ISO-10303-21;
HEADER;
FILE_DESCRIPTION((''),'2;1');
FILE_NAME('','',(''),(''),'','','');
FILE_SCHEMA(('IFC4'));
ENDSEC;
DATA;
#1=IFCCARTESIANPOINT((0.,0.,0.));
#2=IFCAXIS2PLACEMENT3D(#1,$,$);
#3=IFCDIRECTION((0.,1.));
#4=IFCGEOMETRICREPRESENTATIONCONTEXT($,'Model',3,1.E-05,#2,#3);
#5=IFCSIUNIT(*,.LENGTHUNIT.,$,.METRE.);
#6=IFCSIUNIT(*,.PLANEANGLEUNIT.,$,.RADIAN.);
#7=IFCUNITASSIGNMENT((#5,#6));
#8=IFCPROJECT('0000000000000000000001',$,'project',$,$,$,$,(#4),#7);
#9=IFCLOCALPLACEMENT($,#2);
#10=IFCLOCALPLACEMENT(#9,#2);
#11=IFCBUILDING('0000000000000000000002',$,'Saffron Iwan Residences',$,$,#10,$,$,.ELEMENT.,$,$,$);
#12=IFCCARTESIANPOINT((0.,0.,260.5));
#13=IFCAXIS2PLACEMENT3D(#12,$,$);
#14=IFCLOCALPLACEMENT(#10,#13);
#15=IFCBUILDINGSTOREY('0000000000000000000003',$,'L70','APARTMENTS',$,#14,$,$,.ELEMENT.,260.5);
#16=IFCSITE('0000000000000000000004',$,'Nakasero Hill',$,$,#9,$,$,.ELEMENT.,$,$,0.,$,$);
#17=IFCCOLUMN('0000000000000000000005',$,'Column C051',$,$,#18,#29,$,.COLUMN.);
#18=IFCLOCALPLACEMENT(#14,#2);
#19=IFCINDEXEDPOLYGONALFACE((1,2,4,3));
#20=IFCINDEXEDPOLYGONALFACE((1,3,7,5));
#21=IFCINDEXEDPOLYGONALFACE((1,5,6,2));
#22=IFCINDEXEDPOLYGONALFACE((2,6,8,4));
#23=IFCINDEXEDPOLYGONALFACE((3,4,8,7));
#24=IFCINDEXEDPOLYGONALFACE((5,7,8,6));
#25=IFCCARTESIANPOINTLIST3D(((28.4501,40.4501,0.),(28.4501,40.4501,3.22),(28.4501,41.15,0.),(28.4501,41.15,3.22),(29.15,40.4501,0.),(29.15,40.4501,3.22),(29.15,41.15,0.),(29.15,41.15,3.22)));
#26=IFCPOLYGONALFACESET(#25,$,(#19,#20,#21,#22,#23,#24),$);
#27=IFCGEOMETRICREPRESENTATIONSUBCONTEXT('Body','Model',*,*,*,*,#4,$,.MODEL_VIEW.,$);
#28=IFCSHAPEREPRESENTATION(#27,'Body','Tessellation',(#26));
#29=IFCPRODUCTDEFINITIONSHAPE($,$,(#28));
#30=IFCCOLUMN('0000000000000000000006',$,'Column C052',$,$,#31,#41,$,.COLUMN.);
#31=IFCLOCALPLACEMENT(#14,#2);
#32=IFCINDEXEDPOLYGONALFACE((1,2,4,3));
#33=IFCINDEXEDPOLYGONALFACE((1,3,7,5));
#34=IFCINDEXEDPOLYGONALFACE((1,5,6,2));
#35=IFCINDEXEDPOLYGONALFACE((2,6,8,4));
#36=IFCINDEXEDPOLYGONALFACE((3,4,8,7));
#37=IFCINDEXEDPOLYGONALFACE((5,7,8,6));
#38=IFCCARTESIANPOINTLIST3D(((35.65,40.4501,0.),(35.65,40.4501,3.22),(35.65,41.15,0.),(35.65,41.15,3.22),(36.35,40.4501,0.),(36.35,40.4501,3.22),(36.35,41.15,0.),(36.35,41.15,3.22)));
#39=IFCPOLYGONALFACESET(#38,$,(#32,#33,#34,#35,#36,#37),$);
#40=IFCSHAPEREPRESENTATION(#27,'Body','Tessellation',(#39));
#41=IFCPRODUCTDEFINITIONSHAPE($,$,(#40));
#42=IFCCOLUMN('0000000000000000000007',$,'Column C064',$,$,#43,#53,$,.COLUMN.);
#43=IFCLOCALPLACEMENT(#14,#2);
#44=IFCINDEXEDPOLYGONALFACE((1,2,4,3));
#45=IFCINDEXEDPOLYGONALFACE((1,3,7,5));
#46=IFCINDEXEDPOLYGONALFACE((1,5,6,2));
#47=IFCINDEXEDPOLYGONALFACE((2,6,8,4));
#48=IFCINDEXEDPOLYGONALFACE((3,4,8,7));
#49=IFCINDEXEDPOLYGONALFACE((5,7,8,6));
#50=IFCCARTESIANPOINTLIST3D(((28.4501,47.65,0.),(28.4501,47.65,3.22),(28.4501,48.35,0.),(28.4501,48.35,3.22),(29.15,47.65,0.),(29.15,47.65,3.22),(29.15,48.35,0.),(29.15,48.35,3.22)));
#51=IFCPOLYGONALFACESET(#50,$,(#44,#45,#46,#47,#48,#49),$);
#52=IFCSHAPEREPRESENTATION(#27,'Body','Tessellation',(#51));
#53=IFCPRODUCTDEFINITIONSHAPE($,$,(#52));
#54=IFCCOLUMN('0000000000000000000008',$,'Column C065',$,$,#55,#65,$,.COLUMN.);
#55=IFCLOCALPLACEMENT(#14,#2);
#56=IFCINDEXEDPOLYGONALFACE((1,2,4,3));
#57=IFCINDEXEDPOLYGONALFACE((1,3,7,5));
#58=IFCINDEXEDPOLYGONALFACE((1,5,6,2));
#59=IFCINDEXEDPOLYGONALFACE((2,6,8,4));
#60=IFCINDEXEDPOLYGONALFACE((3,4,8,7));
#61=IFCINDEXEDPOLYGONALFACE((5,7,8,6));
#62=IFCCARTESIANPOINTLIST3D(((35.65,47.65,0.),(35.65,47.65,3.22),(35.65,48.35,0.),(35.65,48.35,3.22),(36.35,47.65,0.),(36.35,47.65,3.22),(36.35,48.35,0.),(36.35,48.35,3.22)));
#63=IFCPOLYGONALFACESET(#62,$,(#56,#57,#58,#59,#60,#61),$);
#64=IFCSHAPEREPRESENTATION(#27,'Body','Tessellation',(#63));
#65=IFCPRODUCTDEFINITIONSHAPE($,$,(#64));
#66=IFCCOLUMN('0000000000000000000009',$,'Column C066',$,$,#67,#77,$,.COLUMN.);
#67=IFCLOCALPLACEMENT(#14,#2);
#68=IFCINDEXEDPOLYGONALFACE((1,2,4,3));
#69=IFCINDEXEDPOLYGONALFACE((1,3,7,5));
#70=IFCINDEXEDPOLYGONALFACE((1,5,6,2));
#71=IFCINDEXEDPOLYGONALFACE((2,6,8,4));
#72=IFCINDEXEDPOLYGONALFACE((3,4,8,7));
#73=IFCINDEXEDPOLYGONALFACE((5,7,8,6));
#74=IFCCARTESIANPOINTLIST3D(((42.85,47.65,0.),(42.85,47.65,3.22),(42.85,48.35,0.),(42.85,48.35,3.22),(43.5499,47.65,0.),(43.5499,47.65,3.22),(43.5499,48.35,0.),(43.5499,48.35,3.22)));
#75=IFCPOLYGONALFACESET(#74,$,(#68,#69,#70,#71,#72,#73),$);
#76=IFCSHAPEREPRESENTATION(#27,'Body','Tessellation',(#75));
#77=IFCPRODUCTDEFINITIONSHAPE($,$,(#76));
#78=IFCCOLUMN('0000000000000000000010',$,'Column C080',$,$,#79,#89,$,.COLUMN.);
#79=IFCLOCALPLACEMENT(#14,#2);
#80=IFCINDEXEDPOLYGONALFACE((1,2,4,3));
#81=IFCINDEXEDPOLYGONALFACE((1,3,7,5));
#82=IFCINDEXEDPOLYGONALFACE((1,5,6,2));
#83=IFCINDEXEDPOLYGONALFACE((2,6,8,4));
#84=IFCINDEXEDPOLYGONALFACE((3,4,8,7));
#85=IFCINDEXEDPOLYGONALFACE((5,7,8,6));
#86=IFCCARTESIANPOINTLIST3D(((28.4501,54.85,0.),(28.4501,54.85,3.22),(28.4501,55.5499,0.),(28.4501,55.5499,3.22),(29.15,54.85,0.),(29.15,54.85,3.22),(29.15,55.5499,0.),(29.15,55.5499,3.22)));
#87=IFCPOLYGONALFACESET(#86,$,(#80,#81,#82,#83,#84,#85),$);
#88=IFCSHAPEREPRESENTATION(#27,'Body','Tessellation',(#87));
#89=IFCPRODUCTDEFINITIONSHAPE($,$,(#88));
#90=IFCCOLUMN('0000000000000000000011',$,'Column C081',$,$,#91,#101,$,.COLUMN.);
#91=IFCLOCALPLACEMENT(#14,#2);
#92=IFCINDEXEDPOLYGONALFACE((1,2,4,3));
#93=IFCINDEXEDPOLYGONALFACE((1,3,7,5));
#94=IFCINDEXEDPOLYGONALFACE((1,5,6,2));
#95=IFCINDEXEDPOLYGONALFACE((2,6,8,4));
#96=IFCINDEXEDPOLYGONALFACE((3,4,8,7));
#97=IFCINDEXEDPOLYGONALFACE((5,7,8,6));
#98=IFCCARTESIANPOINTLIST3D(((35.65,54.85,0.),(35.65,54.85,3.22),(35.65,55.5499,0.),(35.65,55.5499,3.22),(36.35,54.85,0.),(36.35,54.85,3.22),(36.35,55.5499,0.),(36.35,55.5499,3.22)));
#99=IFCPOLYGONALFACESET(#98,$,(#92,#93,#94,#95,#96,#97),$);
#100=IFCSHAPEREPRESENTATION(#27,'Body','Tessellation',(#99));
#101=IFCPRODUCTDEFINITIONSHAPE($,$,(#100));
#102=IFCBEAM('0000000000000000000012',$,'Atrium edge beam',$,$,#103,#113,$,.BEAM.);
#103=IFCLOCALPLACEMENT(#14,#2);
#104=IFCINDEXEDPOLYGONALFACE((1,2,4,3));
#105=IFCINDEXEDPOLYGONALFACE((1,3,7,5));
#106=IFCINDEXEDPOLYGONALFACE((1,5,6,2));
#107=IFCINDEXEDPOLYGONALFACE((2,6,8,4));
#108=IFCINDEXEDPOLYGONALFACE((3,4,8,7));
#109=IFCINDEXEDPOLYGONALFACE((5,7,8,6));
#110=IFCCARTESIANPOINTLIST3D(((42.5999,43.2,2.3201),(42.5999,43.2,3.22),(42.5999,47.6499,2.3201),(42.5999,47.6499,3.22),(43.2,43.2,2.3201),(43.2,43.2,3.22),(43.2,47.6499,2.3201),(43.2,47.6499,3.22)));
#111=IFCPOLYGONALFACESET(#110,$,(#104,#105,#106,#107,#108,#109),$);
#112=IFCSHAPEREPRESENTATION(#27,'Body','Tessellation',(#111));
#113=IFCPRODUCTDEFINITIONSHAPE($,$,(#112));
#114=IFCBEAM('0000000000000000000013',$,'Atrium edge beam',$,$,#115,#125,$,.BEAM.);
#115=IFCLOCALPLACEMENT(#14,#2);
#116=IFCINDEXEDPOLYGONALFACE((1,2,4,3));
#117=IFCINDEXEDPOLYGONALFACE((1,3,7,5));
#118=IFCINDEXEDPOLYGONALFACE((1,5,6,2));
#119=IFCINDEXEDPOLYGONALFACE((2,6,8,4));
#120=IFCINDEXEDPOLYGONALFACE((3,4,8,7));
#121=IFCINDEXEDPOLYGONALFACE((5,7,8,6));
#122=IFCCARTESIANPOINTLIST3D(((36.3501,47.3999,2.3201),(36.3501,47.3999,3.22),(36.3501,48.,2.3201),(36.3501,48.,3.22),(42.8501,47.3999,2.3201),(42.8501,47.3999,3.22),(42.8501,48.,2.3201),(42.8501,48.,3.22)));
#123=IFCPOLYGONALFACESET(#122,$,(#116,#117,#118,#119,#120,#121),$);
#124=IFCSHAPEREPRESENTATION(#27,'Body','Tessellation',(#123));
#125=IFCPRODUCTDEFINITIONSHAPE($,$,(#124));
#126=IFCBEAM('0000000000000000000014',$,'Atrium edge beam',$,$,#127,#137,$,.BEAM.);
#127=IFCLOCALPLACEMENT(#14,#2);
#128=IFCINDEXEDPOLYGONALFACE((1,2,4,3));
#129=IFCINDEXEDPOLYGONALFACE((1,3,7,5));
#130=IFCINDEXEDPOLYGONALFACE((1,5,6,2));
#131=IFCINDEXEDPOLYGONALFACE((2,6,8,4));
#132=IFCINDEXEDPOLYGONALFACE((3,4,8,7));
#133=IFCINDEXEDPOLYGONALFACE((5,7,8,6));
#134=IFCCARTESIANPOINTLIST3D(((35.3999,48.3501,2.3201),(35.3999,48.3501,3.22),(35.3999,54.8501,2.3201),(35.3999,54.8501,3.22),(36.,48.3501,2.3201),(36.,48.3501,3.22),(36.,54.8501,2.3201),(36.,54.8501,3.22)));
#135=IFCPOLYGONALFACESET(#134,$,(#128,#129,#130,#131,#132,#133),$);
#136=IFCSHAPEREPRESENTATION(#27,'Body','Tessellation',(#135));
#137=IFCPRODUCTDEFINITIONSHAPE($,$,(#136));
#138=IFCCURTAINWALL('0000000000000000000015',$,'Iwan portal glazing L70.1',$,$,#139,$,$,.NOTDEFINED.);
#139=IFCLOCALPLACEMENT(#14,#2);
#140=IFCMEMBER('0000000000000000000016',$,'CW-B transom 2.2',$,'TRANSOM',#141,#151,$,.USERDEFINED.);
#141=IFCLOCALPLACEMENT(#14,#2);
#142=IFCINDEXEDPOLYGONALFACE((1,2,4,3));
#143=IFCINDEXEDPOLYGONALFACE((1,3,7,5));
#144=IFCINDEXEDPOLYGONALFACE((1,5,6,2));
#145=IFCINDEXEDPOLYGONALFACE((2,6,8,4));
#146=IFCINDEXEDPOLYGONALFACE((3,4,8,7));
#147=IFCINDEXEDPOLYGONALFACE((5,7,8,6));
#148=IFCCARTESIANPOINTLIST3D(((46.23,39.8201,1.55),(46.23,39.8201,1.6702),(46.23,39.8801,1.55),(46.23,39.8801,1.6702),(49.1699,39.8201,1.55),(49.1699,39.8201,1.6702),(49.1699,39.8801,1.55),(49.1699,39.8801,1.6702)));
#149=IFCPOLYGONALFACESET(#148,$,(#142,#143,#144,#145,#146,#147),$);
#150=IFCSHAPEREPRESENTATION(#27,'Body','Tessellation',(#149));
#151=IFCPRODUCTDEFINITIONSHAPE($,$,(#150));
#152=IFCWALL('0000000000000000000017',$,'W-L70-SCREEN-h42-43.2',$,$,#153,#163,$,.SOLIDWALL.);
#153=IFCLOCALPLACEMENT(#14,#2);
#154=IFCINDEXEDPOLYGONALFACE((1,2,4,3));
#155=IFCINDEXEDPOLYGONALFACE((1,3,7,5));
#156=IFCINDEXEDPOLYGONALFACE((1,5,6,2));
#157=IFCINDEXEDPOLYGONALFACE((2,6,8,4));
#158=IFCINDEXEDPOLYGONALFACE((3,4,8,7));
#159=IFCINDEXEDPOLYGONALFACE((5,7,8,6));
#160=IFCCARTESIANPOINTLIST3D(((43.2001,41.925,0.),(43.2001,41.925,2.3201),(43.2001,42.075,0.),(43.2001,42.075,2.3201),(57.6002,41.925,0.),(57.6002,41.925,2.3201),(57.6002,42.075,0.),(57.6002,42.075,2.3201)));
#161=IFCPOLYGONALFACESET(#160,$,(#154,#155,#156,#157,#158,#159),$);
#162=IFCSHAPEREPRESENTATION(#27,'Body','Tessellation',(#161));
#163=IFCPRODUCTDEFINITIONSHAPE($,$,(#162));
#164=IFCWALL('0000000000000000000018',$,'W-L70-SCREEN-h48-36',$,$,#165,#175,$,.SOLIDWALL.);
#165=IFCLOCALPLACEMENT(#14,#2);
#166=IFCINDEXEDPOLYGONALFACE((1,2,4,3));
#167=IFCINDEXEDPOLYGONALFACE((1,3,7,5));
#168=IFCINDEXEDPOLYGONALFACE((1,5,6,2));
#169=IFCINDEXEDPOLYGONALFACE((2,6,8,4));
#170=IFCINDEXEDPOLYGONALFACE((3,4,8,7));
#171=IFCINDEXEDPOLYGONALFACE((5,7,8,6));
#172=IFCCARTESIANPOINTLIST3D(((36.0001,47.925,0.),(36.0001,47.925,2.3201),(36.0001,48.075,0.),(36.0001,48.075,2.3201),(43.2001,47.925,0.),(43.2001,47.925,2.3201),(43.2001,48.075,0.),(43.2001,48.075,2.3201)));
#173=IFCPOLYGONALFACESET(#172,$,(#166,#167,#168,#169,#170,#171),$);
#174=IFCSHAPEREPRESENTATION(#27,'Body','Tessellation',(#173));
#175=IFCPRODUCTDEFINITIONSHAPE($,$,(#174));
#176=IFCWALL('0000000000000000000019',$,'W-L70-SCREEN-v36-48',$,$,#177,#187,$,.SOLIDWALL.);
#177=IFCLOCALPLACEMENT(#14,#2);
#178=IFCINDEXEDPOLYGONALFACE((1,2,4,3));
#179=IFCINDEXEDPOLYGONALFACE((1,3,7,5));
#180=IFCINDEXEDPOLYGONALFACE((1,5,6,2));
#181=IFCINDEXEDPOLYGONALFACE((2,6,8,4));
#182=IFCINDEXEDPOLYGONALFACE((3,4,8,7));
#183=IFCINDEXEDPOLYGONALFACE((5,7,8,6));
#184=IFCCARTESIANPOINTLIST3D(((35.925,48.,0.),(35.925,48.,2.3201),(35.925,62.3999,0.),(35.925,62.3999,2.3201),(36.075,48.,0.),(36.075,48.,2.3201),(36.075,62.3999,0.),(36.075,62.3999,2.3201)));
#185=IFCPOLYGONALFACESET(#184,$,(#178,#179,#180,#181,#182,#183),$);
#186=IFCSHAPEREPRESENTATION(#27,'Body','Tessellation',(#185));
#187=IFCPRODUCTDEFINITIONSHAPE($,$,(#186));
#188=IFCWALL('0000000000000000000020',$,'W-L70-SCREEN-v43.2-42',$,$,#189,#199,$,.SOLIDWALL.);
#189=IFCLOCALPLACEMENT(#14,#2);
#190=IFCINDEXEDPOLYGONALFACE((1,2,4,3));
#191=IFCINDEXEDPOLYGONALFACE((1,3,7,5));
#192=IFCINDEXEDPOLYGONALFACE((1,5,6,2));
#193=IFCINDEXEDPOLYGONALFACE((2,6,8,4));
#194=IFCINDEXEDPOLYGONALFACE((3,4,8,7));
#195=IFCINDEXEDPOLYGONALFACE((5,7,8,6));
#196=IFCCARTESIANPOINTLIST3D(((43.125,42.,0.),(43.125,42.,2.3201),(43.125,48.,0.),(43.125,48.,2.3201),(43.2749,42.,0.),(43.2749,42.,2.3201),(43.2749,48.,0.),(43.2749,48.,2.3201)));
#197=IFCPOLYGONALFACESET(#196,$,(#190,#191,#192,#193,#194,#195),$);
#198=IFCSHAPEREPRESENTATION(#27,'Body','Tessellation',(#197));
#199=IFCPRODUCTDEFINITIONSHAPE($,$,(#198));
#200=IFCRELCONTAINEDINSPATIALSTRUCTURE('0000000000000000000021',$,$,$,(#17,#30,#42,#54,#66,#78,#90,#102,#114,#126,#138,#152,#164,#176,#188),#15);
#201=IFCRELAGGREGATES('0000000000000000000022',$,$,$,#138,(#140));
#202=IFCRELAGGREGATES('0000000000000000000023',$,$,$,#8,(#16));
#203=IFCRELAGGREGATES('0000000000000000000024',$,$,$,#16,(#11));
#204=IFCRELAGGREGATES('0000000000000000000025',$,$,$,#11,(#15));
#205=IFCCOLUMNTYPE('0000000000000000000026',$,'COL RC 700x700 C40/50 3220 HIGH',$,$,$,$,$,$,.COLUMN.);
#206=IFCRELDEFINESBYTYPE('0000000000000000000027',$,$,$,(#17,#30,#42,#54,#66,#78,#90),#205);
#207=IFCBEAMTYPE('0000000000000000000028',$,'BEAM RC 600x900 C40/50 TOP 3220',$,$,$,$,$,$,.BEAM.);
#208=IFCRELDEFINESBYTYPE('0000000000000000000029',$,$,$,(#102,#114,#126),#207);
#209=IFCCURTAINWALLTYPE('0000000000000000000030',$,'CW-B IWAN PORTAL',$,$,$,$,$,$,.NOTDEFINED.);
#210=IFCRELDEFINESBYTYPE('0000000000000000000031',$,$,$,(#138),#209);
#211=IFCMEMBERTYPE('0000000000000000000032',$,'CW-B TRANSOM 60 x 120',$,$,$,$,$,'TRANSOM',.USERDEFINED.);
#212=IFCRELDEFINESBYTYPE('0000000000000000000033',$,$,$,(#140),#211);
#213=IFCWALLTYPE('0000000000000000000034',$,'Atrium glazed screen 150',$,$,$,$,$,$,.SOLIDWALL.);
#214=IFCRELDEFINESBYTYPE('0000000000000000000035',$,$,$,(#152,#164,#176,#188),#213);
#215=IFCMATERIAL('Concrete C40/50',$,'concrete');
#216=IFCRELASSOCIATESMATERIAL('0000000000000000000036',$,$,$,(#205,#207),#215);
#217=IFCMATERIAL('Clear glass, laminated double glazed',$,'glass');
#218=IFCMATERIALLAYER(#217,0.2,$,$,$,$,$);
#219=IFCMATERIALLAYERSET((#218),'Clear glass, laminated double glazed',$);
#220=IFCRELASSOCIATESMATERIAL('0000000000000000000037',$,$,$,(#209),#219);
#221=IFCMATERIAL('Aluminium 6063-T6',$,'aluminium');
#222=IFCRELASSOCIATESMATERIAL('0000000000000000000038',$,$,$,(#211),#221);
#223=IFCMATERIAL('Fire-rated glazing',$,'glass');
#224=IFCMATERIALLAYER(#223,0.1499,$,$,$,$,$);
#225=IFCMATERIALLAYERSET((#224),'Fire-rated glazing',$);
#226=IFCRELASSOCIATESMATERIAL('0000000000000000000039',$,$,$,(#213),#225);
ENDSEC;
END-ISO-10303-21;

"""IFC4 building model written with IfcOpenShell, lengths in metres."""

from ifc_helpers import new_model, si_unit, direction, frame, frame_2d, origin, origin_2d, place, context, subcontext, project, spatial, rectangle, extrude, source, transform, mapped, material, layer, layer_set, material_profile, profile_set, type_object, element, aggregate, save


model = new_model("IFC4")

# Units and contexts
model_context = context("Model", 3, precision=1e-05, world=origin(), true_north=direction((0.0, 1.0)))
body_context = subcontext(model_context, "Body", "Model", "MODEL_VIEW")
ifc_project = project(units=[si_unit("LENGTHUNIT", "METRE"), si_unit("PLANEANGLEUNIT", "RADIAN")], contexts=[model_context])

# Site, building, storey
site_placement = place(None, origin())
site = spatial("IfcSite", under=ifc_project, at=site_placement, Name="Nakasero Hill", CompositionType="ELEMENT", RefElevation=0.0)
building_placement = place(site_placement, origin())
building = spatial("IfcBuilding", under=site, at=building_placement, Name="Saffron Iwan Residences", CompositionType="ELEMENT")
storey_placement = place(building_placement, frame((0.0, 0.0, 260.5)))
storey = spatial("IfcBuildingStorey", under=building, at=storey_placement, Name="L70", Description="APARTMENTS", CompositionType="ELEMENT", Elevation=260.5)

# Columns
ifc_material_1 = material(Name="Concrete C40/50", Category="concrete")
ifc_material_profile_1 = material_profile(ifc_material_1, rectangle(XDim=0.7, YDim=0.7, at=origin_2d()), Name="RC 700x700")
ifc_profile_set_1 = profile_set([ifc_material_profile_1], Name="Concrete C40/50")
column_type = type_object("IfcColumnType", Name="COL RC 700x700 C40/50 3220 HIGH", PredefinedType="COLUMN", material=ifc_profile_set_1)
shared_shape_1 = source(origin(), body_context, "Body", "SweptSolid", [
    extrude(rectangle(XDim=0.7, YDim=0.7, at=origin_2d()), origin(), (0.0, 0.0, 1.0), 3.22),
])
for number, where, z_axis, x_axis, name in (
    (1, (28.8, 40.8, 0.0), (0.0, 0.0, 1.0), (1.0, 0.0, 0.0), "Column C051"),
    (2, (36.0, 40.8, 0.0), (0.0, 0.0, 1.0), (1.0, 0.0, 0.0), "Column C052"),
    (3, (28.8, 48.0, 0.0), (0.0, 0.0, 1.0), (1.0, 0.0, 0.0), "Column C064"),
    (4, (36.0, 48.0, 0.0), (0.0, 0.0, 1.0), (1.0, 0.0, 0.0), "Column C065"),
    (5, (43.2, 48.0, 0.0), (0.0, 0.0, 1.0), (1.0, 0.0, 0.0), "Column C066"),
    (6, (28.8, 55.2, 0.0), (0.0, 0.0, 1.0), (1.0, 0.0, 0.0), "Column C080"),
    (7, (36.0, 55.2, 0.0), (0.0, 0.0, 1.0), (1.0, 0.0, 0.0), "Column C081"),
):
    element("IfcColumn", number, at=place(storey_placement, frame(where, z_axis=z_axis, x_axis=x_axis)), inside=storey, type_object=column_type, Name=name, PredefinedType="COLUMN", context=body_context, shape_type="MappedRepresentation", body=[
        mapped(shared_shape_1, transform((0.0, 0.0, 0.0))),
    ])

# Beams
ifc_material_profile_2 = material_profile(ifc_material_1, rectangle(XDim=0.6001, YDim=0.8999, at=origin_2d()), Name="RC 600x900")
ifc_profile_set_2 = profile_set([ifc_material_profile_2], Name="Concrete C40/50")
beam_type = type_object("IfcBeamType", Name="BEAM RC 600x900 C40/50 TOP 3220", PredefinedType="BEAM", material=ifc_profile_set_2)
shared_shape_2 = source(origin(), body_context, "Body", "SweptSolid", [
    extrude(rectangle(XDim=0.6001, YDim=0.8999, at=origin_2d()), origin(), (0.0, 0.0, 1.0), 4.45),
])
beam_placement = place(storey_placement, frame((42.8999, 43.2, 2.77), z_axis=(0.0, 1.0, 0.0), x_axis=(-1.0, 0.0, 0.0)))
element("IfcBeam", 8, at=beam_placement, inside=storey, type_object=beam_type, Name="Atrium edge beam", PredefinedType="BEAM", context=body_context, shape_type="MappedRepresentation", body=[
    mapped(shared_shape_2, transform((0.0, 0.0, 0.0))),
])
shared_shape_3 = source(origin(), body_context, "Body", "SweptSolid", [
    extrude(rectangle(XDim=0.6001, YDim=0.8999, at=origin_2d()), origin(), (0.0, 0.0, 1.0), 6.5),
])
for number, where, z_axis, x_axis, name in (
    (9, (42.8501, 47.7, 2.77), (-1.0, 0.0, 0.0), (0.0, -1.0, 0.0), "Atrium edge beam"),
    (10, (35.7, 48.3501, 2.77), (0.0, 1.0, 0.0), (-1.0, 0.0, 0.0), "Atrium edge beam"),
):
    element("IfcBeam", number, at=place(storey_placement, frame(where, z_axis=z_axis, x_axis=x_axis)), inside=storey, type_object=beam_type, Name=name, PredefinedType="BEAM", context=body_context, shape_type="MappedRepresentation", body=[
        mapped(shared_shape_3, transform((0.0, 0.0, 0.0))),
    ])

# Curtain wall, member
ifc_material_2 = material(Name="Clear glass, laminated double glazed", Category="glass")
ifc_layer_1 = layer(ifc_material_2, 0.2)
ifc_layer_set_1 = layer_set([ifc_layer_1], Name="Clear glass, laminated double glazed")
curtain_wall_type = type_object("IfcCurtainWallType", Name="CW-B IWAN PORTAL", PredefinedType="NOTDEFINED", material=ifc_layer_set_1)
curtain_wall_placement = place(storey_placement, origin())
curtain_wall = element("IfcCurtainWall", 11, at=curtain_wall_placement, inside=storey, type_object=curtain_wall_type, Name="Iwan portal glazing L70.1", PredefinedType="NOTDEFINED")
ifc_material_3 = material(Name="Aluminium 6063-T6", Category="aluminium")
ifc_material_profile_3 = material_profile(ifc_material_3, rectangle(XDim=0.0601, YDim=0.1201, at=origin_2d()), Name="CW-B TRANSOM 60 x 120")
ifc_profile_set_3 = profile_set([ifc_material_profile_3], Name="Aluminium 6063-T6")
member_type = type_object("IfcMemberType", Name="CW-B TRANSOM 60 x 120", ElementType="TRANSOM", PredefinedType="USERDEFINED", material=ifc_profile_set_3)
shared_shape_4 = source(origin(), body_context, "Body", "SweptSolid", [
    extrude(rectangle(XDim=0.0601, YDim=0.1201, at=origin_2d()), origin(), (0.0, 0.0, 1.0), 2.9399),
])
member_placement = place(storey_placement, frame((46.23, 39.8501, 1.6101), z_axis=(1.0, 0.0, 0.0), x_axis=(0.0, 1.0, 0.0)))
member = element("IfcMember", 12, at=member_placement, type_object=member_type, Name="CW-B transom 2.2", ObjectType="TRANSOM", PredefinedType="USERDEFINED", context=body_context, shape_type="MappedRepresentation", body=[
    mapped(shared_shape_4, transform((0.0, 0.0, 0.0))),
])
aggregate(curtain_wall, [member])

# Walls
ifc_material_4 = material(Name="Fire-rated glazing", Category="glass")
ifc_layer_2 = layer(ifc_material_4, 0.1499)
ifc_layer_set_2 = layer_set([ifc_layer_2], Name="Fire-rated glazing")
wall_type_1 = type_object("IfcWallType", Name="Atrium glazed screen 150", PredefinedType="SOLIDWALL", material=ifc_layer_set_2)
wall_1_placement = place(storey_placement, frame((43.2, 42.0, 0.0), z_axis=(0.0, 0.0, 1.0), x_axis=(1.0, 0.0, 0.0)))
element("IfcWall", 13, at=wall_1_placement, inside=storey, type_object=wall_type_1, Name="W-L70-SCREEN-h42-43.2", PredefinedType="SOLIDWALL", context=body_context, shape_type="SweptSolid", body=[
    extrude(rectangle(XDim=14.4001, YDim=0.1499, at=frame_2d((7.2002, 0.0))), origin(), (0.0, 0.0, 1.0), 2.3201),
])
wall_2_placement = place(storey_placement, frame((36.0, 48.0, 0.0), z_axis=(0.0, 0.0, 1.0), x_axis=(1.0, 0.0, 0.0)))
element("IfcWall", 14, at=wall_2_placement, inside=storey, type_object=wall_type_1, Name="W-L70-SCREEN-h48-36", PredefinedType="SOLIDWALL", context=body_context, shape_type="SweptSolid", body=[
    extrude(rectangle(XDim=7.2, YDim=0.1499, at=frame_2d((3.6001, 0.0))), origin(), (0.0, 0.0, 1.0), 2.3201),
])
wall_3_placement = place(storey_placement, frame((36.0, 48.0, 0.0), z_axis=(0.0, 0.0, 1.0), x_axis=(0.0, 1.0, 0.0)))
element("IfcWall", 15, at=wall_3_placement, inside=storey, type_object=wall_type_1, Name="W-L70-SCREEN-v36-48", PredefinedType="SOLIDWALL", context=body_context, shape_type="SweptSolid", body=[
    extrude(rectangle(XDim=14.3999, YDim=0.1499, at=frame_2d((7.2, 0.0))), origin(), (0.0, 0.0, 1.0), 2.3201),
])
wall_4_placement = place(storey_placement, frame((43.2, 42.0, 0.0), z_axis=(0.0, 0.0, 1.0), x_axis=(0.0, 1.0, 0.0)))
element("IfcWall", 16, at=wall_4_placement, inside=storey, type_object=wall_type_1, Name="W-L70-SCREEN-v43.2-42", PredefinedType="SOLIDWALL", context=body_context, shape_type="SweptSolid", body=[
    extrude(rectangle(XDim=6.0, YDim=0.1499, at=frame_2d((3.0, 0.0))), origin(), (0.0, 0.0, 1.0), 2.3201),
])

save(model, "model.ifc")
